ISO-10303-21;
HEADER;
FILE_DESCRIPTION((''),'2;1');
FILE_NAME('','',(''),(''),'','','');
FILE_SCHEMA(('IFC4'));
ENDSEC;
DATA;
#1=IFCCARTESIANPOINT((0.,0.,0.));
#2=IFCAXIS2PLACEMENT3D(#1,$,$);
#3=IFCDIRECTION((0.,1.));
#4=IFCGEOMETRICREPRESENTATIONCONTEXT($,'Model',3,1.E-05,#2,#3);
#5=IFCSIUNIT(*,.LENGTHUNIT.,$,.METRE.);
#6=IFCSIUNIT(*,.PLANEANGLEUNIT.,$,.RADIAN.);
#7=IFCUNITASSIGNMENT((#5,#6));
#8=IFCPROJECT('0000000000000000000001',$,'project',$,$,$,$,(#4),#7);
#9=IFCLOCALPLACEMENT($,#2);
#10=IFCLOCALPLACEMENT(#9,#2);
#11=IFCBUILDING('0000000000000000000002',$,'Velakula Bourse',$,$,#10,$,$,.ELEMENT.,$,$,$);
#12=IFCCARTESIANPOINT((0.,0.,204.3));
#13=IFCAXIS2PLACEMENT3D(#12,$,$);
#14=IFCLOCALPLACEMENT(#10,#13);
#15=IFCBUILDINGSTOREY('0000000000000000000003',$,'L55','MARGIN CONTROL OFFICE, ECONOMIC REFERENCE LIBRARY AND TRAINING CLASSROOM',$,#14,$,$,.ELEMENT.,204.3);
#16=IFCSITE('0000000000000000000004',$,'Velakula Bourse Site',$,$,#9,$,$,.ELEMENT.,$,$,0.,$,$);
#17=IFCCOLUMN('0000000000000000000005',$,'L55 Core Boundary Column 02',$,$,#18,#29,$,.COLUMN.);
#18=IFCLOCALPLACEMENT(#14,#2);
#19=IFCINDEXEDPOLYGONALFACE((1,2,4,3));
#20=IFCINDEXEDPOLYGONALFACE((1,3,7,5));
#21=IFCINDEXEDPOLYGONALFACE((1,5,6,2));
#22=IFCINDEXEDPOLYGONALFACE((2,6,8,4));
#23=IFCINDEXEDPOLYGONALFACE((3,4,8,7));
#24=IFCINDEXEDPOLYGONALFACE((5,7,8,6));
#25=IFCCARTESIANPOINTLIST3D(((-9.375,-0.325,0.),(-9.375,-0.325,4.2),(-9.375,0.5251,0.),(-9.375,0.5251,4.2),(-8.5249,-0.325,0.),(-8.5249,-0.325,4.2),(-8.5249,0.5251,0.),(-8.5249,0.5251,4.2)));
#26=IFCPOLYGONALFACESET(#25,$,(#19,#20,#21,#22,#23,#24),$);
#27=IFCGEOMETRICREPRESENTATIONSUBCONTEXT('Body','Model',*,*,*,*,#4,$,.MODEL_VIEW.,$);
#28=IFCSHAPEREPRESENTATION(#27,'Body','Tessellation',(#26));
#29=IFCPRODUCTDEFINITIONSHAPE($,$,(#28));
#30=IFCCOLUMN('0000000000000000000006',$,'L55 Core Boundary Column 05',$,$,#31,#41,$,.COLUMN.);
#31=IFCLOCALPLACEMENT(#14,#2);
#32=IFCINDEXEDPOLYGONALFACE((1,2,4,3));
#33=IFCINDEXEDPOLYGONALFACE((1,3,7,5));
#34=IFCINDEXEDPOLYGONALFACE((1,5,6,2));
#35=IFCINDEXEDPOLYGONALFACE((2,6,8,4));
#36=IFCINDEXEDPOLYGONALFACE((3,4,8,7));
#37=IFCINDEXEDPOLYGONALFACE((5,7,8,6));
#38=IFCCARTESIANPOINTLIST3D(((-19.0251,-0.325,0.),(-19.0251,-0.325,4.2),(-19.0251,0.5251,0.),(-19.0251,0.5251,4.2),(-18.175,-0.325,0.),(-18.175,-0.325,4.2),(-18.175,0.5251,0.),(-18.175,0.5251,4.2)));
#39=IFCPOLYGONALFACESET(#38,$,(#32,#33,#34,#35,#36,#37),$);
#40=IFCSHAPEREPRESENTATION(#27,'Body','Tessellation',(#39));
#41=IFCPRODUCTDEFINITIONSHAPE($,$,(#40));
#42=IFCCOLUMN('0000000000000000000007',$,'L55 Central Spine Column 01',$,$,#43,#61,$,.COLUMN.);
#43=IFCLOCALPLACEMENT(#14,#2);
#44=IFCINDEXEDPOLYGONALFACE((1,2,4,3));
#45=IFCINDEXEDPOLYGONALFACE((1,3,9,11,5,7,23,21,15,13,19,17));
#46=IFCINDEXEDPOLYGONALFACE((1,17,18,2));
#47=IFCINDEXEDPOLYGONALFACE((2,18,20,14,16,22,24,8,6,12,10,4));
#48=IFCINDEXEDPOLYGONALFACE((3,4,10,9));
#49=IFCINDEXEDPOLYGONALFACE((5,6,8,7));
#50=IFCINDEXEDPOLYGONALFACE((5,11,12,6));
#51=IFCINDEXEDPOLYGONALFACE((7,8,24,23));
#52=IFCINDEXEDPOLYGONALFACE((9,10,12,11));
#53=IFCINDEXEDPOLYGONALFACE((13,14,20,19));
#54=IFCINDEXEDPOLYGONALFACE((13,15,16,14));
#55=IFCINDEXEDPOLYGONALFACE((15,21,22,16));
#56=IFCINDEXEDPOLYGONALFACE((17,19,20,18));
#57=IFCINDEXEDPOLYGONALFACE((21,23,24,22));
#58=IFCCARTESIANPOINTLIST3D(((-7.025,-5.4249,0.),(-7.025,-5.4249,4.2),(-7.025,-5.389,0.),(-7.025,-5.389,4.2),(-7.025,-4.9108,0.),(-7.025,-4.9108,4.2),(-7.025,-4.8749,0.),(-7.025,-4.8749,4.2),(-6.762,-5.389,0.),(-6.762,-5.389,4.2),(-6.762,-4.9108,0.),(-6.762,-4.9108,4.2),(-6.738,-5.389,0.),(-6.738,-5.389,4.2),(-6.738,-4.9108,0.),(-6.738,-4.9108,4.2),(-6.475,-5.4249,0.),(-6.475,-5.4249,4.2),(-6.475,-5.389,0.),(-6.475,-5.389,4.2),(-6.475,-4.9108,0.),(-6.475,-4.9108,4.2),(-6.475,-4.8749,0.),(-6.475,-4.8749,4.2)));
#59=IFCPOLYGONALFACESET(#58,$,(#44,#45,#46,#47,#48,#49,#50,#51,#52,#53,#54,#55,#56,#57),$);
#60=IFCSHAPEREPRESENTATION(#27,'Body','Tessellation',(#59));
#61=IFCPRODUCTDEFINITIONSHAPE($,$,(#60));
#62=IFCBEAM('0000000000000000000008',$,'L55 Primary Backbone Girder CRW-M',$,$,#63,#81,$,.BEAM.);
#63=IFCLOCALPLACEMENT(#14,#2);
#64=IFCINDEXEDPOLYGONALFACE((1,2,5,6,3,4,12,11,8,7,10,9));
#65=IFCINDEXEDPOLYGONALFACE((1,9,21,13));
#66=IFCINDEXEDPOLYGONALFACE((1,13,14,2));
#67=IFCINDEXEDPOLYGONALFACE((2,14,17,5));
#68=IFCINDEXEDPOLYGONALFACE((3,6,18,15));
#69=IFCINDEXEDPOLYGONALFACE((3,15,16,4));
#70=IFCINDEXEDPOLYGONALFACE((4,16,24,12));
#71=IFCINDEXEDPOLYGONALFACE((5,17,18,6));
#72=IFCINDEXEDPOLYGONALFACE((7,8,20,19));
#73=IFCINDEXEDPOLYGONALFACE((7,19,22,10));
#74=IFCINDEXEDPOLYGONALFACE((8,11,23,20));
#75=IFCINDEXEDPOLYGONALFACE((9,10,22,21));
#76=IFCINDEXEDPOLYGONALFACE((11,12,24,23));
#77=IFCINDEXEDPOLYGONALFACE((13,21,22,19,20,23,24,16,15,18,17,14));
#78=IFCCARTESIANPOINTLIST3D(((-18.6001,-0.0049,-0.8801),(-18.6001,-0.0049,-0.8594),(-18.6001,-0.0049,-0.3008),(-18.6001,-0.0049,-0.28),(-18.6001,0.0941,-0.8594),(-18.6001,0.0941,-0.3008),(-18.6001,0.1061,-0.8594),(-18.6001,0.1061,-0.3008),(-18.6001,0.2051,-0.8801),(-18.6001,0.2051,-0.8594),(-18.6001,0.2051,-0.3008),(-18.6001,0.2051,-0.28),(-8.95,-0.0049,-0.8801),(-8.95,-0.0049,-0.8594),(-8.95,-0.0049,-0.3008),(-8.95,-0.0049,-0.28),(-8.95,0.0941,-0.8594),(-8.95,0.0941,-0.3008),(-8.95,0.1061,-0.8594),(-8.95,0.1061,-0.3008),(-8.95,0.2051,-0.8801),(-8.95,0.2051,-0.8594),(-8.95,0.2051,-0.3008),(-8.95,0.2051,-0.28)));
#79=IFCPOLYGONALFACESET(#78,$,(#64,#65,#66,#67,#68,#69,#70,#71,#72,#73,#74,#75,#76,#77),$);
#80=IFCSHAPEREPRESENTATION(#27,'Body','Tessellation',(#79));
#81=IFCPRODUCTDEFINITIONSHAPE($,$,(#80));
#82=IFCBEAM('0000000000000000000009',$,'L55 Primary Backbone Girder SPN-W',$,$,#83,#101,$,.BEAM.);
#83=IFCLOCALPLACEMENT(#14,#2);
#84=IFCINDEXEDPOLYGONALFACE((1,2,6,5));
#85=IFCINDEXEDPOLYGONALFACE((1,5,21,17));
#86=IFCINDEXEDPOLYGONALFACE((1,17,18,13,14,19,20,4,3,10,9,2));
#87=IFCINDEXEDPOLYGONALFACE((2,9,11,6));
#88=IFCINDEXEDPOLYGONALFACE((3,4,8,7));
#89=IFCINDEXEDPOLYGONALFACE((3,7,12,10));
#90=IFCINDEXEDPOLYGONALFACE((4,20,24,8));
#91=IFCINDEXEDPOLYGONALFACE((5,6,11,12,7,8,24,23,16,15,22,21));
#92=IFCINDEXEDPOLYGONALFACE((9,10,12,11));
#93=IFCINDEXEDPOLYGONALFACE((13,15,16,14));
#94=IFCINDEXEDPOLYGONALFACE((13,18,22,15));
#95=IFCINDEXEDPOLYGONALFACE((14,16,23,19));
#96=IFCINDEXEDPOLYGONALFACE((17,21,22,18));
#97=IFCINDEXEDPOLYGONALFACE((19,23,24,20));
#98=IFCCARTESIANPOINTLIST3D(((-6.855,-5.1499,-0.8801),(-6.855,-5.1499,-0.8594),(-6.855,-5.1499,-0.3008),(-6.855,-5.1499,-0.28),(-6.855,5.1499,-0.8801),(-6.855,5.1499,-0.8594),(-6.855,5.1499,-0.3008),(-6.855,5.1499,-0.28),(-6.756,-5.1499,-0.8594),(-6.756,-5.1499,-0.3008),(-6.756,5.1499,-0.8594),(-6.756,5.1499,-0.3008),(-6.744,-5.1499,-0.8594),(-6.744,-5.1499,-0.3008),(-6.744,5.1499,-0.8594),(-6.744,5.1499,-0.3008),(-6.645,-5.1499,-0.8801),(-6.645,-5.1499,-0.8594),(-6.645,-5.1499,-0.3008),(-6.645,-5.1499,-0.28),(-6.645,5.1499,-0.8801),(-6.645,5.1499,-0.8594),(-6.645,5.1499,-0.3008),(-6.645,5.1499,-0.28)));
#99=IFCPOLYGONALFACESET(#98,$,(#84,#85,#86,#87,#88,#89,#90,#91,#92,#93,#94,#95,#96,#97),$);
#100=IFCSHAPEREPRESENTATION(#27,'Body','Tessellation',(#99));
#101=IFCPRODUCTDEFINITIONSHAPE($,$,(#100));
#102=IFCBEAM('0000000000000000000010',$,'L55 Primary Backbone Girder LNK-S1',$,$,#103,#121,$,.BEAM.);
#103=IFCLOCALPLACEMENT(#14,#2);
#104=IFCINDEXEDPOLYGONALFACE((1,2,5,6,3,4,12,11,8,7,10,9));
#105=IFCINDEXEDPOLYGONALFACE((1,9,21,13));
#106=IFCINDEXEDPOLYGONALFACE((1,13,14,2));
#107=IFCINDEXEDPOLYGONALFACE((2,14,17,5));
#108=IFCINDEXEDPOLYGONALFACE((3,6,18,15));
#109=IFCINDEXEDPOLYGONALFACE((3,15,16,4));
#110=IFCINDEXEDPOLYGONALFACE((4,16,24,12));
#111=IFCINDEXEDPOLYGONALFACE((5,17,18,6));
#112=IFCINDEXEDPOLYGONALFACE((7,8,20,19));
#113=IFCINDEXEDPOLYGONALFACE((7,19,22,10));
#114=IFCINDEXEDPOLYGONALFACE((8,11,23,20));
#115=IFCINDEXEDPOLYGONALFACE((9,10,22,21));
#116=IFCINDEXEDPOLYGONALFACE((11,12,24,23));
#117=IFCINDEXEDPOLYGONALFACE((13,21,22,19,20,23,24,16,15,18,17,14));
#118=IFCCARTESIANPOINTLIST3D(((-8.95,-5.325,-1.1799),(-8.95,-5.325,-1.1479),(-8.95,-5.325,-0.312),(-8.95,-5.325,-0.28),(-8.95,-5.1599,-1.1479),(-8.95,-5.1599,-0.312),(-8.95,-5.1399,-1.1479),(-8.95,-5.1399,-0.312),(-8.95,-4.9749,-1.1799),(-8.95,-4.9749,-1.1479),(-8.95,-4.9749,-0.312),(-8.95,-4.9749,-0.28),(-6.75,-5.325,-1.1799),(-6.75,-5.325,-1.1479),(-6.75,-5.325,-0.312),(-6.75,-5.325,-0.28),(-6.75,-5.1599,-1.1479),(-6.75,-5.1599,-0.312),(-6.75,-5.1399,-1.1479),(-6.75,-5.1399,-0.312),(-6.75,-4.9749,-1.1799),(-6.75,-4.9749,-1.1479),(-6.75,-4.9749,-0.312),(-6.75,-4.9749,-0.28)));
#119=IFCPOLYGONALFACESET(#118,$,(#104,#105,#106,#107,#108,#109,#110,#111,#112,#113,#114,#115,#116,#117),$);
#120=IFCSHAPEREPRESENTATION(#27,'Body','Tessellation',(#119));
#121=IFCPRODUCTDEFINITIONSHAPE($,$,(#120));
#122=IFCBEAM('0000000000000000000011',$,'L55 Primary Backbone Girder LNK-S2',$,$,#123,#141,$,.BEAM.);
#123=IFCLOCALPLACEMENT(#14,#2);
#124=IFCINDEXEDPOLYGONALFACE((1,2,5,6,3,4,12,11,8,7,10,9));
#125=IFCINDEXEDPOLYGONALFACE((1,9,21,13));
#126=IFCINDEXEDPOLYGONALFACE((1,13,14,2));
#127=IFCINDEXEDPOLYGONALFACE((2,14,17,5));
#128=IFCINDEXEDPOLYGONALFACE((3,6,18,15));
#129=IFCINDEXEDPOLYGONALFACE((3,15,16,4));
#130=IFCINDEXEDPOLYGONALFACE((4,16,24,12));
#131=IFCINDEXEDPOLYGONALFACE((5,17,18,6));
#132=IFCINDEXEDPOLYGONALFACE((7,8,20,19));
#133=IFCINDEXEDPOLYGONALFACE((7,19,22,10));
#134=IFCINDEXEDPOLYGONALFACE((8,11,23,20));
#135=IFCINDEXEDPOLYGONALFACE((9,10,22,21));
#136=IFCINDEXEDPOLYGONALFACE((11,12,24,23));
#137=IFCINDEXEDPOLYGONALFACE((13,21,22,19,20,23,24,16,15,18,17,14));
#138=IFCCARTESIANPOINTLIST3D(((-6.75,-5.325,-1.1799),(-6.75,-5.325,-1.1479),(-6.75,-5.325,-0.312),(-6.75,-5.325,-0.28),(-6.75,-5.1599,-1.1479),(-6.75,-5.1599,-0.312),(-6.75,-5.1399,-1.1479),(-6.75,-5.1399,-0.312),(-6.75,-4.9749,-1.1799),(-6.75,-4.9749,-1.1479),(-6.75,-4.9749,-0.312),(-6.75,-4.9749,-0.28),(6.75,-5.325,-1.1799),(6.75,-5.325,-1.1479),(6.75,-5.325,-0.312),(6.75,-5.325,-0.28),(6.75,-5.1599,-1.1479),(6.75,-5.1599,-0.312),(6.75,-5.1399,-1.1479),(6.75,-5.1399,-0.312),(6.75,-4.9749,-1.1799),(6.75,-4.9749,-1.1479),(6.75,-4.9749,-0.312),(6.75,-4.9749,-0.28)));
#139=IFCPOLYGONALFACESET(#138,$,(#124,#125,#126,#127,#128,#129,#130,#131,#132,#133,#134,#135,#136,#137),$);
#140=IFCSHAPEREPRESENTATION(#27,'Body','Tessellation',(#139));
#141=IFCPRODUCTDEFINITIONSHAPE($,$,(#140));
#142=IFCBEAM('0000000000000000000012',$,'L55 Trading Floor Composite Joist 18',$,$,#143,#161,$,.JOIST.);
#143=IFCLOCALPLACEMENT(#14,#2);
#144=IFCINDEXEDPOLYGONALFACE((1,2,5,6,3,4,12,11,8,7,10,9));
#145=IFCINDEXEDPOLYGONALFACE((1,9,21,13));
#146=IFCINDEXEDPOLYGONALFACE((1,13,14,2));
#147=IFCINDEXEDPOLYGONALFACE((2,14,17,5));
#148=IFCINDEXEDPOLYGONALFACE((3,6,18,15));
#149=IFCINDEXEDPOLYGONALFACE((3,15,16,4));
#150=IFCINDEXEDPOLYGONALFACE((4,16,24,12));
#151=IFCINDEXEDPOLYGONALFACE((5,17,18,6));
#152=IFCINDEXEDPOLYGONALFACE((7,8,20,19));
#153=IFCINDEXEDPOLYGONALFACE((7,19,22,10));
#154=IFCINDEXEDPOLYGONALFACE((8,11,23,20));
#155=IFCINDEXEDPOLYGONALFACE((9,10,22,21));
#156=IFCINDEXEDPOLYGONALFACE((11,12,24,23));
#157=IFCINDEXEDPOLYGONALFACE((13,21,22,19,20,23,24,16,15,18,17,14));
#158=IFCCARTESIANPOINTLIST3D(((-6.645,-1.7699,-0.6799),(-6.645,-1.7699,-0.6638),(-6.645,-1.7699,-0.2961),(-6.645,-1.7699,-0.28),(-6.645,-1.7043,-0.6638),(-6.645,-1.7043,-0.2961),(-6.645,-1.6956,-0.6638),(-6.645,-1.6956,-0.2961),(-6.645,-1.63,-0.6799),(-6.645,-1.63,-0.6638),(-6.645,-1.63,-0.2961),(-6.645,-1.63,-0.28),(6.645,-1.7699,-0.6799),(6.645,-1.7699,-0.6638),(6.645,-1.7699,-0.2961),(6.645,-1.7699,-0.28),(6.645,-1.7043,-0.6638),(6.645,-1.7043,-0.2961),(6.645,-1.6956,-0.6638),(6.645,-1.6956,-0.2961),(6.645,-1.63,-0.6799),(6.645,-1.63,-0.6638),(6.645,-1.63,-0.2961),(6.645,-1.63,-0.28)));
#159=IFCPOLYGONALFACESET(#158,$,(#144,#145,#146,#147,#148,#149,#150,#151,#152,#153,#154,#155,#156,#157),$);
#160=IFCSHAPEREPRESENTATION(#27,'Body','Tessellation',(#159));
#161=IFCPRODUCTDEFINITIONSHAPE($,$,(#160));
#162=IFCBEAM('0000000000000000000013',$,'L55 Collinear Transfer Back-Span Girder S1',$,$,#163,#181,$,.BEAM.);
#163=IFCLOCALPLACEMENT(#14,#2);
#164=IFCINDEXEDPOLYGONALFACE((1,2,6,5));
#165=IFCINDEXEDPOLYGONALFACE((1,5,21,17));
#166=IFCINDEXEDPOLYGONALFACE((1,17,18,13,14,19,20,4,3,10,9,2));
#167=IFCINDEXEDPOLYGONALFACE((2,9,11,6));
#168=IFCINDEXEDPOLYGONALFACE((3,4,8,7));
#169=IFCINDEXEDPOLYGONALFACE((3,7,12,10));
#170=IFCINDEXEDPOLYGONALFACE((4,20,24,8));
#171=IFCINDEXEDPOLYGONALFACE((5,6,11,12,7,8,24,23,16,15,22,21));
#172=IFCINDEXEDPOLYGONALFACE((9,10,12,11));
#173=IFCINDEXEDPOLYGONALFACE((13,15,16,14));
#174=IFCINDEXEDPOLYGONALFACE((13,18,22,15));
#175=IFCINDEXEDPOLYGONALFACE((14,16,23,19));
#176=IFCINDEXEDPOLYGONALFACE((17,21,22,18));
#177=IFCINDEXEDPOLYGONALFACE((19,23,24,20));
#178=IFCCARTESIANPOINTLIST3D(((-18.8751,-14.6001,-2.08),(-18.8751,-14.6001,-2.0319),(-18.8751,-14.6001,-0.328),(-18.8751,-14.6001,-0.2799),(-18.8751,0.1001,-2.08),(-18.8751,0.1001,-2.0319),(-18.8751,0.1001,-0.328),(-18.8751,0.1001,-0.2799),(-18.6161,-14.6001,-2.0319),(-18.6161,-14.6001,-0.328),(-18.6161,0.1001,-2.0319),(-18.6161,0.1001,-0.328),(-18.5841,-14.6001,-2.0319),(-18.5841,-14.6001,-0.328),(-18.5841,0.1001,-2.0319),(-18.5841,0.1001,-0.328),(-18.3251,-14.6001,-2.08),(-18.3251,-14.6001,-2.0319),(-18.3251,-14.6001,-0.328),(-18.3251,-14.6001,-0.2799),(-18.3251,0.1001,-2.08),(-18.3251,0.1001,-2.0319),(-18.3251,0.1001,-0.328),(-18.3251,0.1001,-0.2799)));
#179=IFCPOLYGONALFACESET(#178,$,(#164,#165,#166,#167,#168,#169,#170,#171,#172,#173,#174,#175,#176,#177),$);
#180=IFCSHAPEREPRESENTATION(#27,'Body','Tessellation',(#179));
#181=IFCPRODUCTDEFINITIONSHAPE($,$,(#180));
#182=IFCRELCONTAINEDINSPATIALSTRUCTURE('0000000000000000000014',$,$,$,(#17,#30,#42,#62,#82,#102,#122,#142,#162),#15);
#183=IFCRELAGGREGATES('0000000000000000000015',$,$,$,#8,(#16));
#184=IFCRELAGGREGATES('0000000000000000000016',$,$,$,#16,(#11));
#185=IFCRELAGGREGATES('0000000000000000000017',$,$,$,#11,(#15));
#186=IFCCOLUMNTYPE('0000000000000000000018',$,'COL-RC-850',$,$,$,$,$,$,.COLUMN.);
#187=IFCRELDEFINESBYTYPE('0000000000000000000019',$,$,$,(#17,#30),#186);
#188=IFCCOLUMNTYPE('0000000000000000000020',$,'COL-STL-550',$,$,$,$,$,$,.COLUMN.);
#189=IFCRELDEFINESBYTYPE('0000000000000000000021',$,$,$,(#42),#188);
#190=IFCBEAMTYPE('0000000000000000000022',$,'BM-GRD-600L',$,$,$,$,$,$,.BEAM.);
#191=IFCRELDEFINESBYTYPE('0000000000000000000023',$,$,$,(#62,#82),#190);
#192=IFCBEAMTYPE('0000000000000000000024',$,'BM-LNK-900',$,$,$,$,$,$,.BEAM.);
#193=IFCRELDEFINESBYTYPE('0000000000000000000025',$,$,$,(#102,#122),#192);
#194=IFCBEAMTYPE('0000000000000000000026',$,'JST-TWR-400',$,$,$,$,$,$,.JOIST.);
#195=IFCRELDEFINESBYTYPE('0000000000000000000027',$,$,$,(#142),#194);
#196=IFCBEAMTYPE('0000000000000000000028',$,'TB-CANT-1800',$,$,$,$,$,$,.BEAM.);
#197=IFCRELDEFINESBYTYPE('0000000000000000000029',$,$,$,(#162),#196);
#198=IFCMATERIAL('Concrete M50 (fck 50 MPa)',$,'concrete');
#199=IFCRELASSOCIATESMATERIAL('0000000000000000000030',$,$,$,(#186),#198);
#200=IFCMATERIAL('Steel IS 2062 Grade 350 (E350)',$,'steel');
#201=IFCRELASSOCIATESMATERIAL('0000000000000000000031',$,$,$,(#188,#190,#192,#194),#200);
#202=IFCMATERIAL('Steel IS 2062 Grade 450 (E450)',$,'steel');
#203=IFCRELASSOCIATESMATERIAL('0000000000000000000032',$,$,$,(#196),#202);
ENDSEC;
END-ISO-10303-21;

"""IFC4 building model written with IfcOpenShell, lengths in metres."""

from ifc_helpers import new_model, si_unit, direction, frame, origin, origin_2d, place, context, subcontext, project, spatial, rectangle, i_section, extrude, material, material_profile, profile_set, type_object, element, save


model = new_model("IFC4")

# Units and contexts
model_context = context("Model", 3, precision=1e-05, world=origin(), true_north=direction((0.0, 1.0)))
body_context = subcontext(model_context, "Body", "Model", "MODEL_VIEW")
ifc_project = project(units=[si_unit("LENGTHUNIT", "METRE"), si_unit("PLANEANGLEUNIT", "RADIAN")], contexts=[model_context])

# Site, building, storey
site_placement = place(None, origin())
site = spatial("IfcSite", under=ifc_project, at=site_placement, Name="Velakula Bourse Site", CompositionType="ELEMENT", RefElevation=0.0)
building_placement = place(site_placement, origin())
building = spatial("IfcBuilding", under=site, at=building_placement, Name="Velakula Bourse", CompositionType="ELEMENT")
storey_placement = place(building_placement, frame((0.0, 0.0, 204.3)))
storey = spatial("IfcBuildingStorey", under=building, at=storey_placement, Name="L55", Description="MARGIN CONTROL OFFICE, ECONOMIC REFERENCE LIBRARY AND TRAINING CLASSROOM", CompositionType="ELEMENT", Elevation=204.3)

# Columns
ifc_material_1 = material(Name="Concrete M50 (fck 50 MPa)", Category="concrete")
ifc_material_profile_1 = material_profile(ifc_material_1, rectangle(XDim=0.8501, YDim=0.8501, at=origin_2d()), Name="Concrete M50 (fck 50 MPa)")
ifc_profile_set_1 = profile_set([ifc_material_profile_1], Name="Concrete M50 (fck 50 MPa)")
column_type_1 = type_object("IfcColumnType", Name="COL-RC-850", PredefinedType="COLUMN", material=ifc_profile_set_1)
for number, where, z_axis, x_axis, name in (
    (1, (-8.95, 0.1001, 0.0), (0.0, 0.0, 1.0), (1.0, 0.0, 0.0), "L55 Core Boundary Column 02"),
    (2, (-18.6001, 0.1001, 0.0), (0.0, 0.0, 1.0), (1.0, 0.0, 0.0), "L55 Core Boundary Column 05"),
):
    element("IfcColumn", number, at=place(storey_placement, frame(where, z_axis=z_axis, x_axis=x_axis)), inside=storey, type_object=column_type_1, Name=name, PredefinedType="COLUMN", context=body_context, shape_type="SweptSolid", body=[
        extrude(rectangle(XDim=0.8501, YDim=0.8501, at=origin_2d()), origin(), (0.0, 0.0, 1.0), 4.2),
    ])
ifc_material_2 = material(Name="Steel IS 2062 Grade 350 (E350)", Category="steel")
ifc_material_profile_2 = material_profile(ifc_material_2, i_section(OverallWidth=0.55, OverallDepth=0.55, WebThickness=0.0239, FlangeThickness=0.0359, at=origin_2d()), Name="Steel IS 2062 Grade 350 (E350)")
ifc_profile_set_2 = profile_set([ifc_material_profile_2], Name="Steel IS 2062 Grade 350 (E350)")
column_type_2 = type_object("IfcColumnType", Name="COL-STL-550", PredefinedType="COLUMN", material=ifc_profile_set_2)
column_placement = place(storey_placement, frame((-6.75, -5.1499, 0.0), z_axis=(0.0, 0.0, 1.0), x_axis=(1.0, 0.0, 0.0)))
element("IfcColumn", 3, at=column_placement, inside=storey, type_object=column_type_2, Name="L55 Central Spine Column 01", PredefinedType="COLUMN", context=body_context, shape_type="SweptSolid", body=[
    extrude(i_section(OverallWidth=0.55, OverallDepth=0.55, WebThickness=0.0239, FlangeThickness=0.0359, at=origin_2d()), origin(), (0.0, 0.0, 1.0), 4.2),
])

# Beams
ifc_material_profile_3 = material_profile(ifc_material_2, i_section(OverallWidth=0.21, OverallDepth=0.6001, WebThickness=0.012, FlangeThickness=0.0208, at=origin_2d()), Name="Steel IS 2062 Grade 350 (E350)")
ifc_profile_set_3 = profile_set([ifc_material_profile_3], Name="Steel IS 2062 Grade 350 (E350)")
beam_type_1 = type_object("IfcBeamType", Name="BM-GRD-600L", PredefinedType="BEAM", material=ifc_profile_set_3)
beam_1_placement = place(storey_placement, frame((-18.6001, 0.1001, -0.5801), z_axis=(1.0, 0.0, 0.0), x_axis=(0.0, 1.0, 0.0)))
element("IfcBeam", 4, at=beam_1_placement, inside=storey, type_object=beam_type_1, Name="L55 Primary Backbone Girder CRW-M", PredefinedType="BEAM", context=body_context, shape_type="SweptSolid", body=[
    extrude(i_section(OverallWidth=0.21, OverallDepth=0.6001, WebThickness=0.012, FlangeThickness=0.0208, at=origin_2d()), origin(), (0.0, 0.0, 1.0), 9.6501),
])
beam_2_placement = place(storey_placement, frame((-6.75, -5.1499, -0.5801), z_axis=(0.0, 1.0, 0.0), x_axis=(-1.0, 0.0, 0.0)))
element("IfcBeam", 5, at=beam_2_placement, inside=storey, type_object=beam_type_1, Name="L55 Primary Backbone Girder SPN-W", PredefinedType="BEAM", context=body_context, shape_type="SweptSolid", body=[
    extrude(i_section(OverallWidth=0.21, OverallDepth=0.6001, WebThickness=0.012, FlangeThickness=0.0208, at=origin_2d()), origin(), (0.0, 0.0, 1.0), 10.2998),
])
ifc_material_profile_4 = material_profile(ifc_material_2, i_section(OverallWidth=0.3501, OverallDepth=0.8999, WebThickness=0.02, FlangeThickness=0.032, at=origin_2d()), Name="Steel IS 2062 Grade 350 (E350)")
ifc_profile_set_4 = profile_set([ifc_material_profile_4], Name="Steel IS 2062 Grade 350 (E350)")
beam_type_2 = type_object("IfcBeamType", Name="BM-LNK-900", PredefinedType="BEAM", material=ifc_profile_set_4)
beam_3_placement = place(storey_placement, frame((-8.95, -5.1499, -0.73), z_axis=(1.0, 0.0, 0.0), x_axis=(0.0, 1.0, 0.0)))
element("IfcBeam", 6, at=beam_3_placement, inside=storey, type_object=beam_type_2, Name="L55 Primary Backbone Girder LNK-S1", PredefinedType="BEAM", context=body_context, shape_type="SweptSolid", body=[
    extrude(i_section(OverallWidth=0.3501, OverallDepth=0.8999, WebThickness=0.02, FlangeThickness=0.032, at=origin_2d()), origin(), (0.0, 0.0, 1.0), 2.2),
])
beam_4_placement = place(storey_placement, frame((-6.75, -5.1499, -0.73), z_axis=(1.0, 0.0, 0.0), x_axis=(0.0, 1.0, 0.0)))
element("IfcBeam", 7, at=beam_4_placement, inside=storey, type_object=beam_type_2, Name="L55 Primary Backbone Girder LNK-S2", PredefinedType="BEAM", context=body_context, shape_type="SweptSolid", body=[
    extrude(i_section(OverallWidth=0.3501, OverallDepth=0.8999, WebThickness=0.02, FlangeThickness=0.032, at=origin_2d()), origin(), (0.0, 0.0, 1.0), 13.5),
])
ifc_material_profile_5 = material_profile(ifc_material_2, i_section(OverallWidth=0.1399, OverallDepth=0.3999, WebThickness=0.0088, FlangeThickness=0.0161, at=origin_2d()), Name="Steel IS 2062 Grade 350 (E350)")
ifc_profile_set_5 = profile_set([ifc_material_profile_5], Name="Steel IS 2062 Grade 350 (E350)")
beam_type_3 = type_object("IfcBeamType", Name="JST-TWR-400", PredefinedType="JOIST", material=ifc_profile_set_5)
beam_5_placement = place(storey_placement, frame((-6.645, -1.7, -0.48), z_axis=(1.0, 0.0, 0.0), x_axis=(0.0, 1.0, 0.0)))
element("IfcBeam", 8, at=beam_5_placement, inside=storey, type_object=beam_type_3, Name="L55 Trading Floor Composite Joist 18", PredefinedType="JOIST", context=body_context, shape_type="SweptSolid", body=[
    extrude(i_section(OverallWidth=0.1399, OverallDepth=0.3999, WebThickness=0.0088, FlangeThickness=0.0161, at=origin_2d()), origin(), (0.0, 0.0, 1.0), 13.29),
])
ifc_material_3 = material(Name="Steel IS 2062 Grade 450 (E450)", Category="steel")
ifc_material_profile_6 = material_profile(ifc_material_3, i_section(OverallWidth=0.55, OverallDepth=1.8, WebThickness=0.032, FlangeThickness=0.0481, at=origin_2d()), Name="Steel IS 2062 Grade 450 (E450)")
ifc_profile_set_6 = profile_set([ifc_material_profile_6], Name="Steel IS 2062 Grade 450 (E450)")
beam_type_4 = type_object("IfcBeamType", Name="TB-CANT-1800", PredefinedType="BEAM", material=ifc_profile_set_6)
beam_6_placement = place(storey_placement, frame((-18.6001, 0.1001, -1.1799), z_axis=(0.0, -1.0, 0.0), x_axis=(1.0, 0.0, 0.0)))
element("IfcBeam", 9, at=beam_6_placement, inside=storey, type_object=beam_type_4, Name="L55 Collinear Transfer Back-Span Girder S1", PredefinedType="BEAM", context=body_context, shape_type="SweptSolid", body=[
    extrude(i_section(OverallWidth=0.55, OverallDepth=1.8, WebThickness=0.032, FlangeThickness=0.0481, at=origin_2d()), origin(), (0.0, 0.0, 1.0), 14.7002),
])

save(model, "model.ifc")
